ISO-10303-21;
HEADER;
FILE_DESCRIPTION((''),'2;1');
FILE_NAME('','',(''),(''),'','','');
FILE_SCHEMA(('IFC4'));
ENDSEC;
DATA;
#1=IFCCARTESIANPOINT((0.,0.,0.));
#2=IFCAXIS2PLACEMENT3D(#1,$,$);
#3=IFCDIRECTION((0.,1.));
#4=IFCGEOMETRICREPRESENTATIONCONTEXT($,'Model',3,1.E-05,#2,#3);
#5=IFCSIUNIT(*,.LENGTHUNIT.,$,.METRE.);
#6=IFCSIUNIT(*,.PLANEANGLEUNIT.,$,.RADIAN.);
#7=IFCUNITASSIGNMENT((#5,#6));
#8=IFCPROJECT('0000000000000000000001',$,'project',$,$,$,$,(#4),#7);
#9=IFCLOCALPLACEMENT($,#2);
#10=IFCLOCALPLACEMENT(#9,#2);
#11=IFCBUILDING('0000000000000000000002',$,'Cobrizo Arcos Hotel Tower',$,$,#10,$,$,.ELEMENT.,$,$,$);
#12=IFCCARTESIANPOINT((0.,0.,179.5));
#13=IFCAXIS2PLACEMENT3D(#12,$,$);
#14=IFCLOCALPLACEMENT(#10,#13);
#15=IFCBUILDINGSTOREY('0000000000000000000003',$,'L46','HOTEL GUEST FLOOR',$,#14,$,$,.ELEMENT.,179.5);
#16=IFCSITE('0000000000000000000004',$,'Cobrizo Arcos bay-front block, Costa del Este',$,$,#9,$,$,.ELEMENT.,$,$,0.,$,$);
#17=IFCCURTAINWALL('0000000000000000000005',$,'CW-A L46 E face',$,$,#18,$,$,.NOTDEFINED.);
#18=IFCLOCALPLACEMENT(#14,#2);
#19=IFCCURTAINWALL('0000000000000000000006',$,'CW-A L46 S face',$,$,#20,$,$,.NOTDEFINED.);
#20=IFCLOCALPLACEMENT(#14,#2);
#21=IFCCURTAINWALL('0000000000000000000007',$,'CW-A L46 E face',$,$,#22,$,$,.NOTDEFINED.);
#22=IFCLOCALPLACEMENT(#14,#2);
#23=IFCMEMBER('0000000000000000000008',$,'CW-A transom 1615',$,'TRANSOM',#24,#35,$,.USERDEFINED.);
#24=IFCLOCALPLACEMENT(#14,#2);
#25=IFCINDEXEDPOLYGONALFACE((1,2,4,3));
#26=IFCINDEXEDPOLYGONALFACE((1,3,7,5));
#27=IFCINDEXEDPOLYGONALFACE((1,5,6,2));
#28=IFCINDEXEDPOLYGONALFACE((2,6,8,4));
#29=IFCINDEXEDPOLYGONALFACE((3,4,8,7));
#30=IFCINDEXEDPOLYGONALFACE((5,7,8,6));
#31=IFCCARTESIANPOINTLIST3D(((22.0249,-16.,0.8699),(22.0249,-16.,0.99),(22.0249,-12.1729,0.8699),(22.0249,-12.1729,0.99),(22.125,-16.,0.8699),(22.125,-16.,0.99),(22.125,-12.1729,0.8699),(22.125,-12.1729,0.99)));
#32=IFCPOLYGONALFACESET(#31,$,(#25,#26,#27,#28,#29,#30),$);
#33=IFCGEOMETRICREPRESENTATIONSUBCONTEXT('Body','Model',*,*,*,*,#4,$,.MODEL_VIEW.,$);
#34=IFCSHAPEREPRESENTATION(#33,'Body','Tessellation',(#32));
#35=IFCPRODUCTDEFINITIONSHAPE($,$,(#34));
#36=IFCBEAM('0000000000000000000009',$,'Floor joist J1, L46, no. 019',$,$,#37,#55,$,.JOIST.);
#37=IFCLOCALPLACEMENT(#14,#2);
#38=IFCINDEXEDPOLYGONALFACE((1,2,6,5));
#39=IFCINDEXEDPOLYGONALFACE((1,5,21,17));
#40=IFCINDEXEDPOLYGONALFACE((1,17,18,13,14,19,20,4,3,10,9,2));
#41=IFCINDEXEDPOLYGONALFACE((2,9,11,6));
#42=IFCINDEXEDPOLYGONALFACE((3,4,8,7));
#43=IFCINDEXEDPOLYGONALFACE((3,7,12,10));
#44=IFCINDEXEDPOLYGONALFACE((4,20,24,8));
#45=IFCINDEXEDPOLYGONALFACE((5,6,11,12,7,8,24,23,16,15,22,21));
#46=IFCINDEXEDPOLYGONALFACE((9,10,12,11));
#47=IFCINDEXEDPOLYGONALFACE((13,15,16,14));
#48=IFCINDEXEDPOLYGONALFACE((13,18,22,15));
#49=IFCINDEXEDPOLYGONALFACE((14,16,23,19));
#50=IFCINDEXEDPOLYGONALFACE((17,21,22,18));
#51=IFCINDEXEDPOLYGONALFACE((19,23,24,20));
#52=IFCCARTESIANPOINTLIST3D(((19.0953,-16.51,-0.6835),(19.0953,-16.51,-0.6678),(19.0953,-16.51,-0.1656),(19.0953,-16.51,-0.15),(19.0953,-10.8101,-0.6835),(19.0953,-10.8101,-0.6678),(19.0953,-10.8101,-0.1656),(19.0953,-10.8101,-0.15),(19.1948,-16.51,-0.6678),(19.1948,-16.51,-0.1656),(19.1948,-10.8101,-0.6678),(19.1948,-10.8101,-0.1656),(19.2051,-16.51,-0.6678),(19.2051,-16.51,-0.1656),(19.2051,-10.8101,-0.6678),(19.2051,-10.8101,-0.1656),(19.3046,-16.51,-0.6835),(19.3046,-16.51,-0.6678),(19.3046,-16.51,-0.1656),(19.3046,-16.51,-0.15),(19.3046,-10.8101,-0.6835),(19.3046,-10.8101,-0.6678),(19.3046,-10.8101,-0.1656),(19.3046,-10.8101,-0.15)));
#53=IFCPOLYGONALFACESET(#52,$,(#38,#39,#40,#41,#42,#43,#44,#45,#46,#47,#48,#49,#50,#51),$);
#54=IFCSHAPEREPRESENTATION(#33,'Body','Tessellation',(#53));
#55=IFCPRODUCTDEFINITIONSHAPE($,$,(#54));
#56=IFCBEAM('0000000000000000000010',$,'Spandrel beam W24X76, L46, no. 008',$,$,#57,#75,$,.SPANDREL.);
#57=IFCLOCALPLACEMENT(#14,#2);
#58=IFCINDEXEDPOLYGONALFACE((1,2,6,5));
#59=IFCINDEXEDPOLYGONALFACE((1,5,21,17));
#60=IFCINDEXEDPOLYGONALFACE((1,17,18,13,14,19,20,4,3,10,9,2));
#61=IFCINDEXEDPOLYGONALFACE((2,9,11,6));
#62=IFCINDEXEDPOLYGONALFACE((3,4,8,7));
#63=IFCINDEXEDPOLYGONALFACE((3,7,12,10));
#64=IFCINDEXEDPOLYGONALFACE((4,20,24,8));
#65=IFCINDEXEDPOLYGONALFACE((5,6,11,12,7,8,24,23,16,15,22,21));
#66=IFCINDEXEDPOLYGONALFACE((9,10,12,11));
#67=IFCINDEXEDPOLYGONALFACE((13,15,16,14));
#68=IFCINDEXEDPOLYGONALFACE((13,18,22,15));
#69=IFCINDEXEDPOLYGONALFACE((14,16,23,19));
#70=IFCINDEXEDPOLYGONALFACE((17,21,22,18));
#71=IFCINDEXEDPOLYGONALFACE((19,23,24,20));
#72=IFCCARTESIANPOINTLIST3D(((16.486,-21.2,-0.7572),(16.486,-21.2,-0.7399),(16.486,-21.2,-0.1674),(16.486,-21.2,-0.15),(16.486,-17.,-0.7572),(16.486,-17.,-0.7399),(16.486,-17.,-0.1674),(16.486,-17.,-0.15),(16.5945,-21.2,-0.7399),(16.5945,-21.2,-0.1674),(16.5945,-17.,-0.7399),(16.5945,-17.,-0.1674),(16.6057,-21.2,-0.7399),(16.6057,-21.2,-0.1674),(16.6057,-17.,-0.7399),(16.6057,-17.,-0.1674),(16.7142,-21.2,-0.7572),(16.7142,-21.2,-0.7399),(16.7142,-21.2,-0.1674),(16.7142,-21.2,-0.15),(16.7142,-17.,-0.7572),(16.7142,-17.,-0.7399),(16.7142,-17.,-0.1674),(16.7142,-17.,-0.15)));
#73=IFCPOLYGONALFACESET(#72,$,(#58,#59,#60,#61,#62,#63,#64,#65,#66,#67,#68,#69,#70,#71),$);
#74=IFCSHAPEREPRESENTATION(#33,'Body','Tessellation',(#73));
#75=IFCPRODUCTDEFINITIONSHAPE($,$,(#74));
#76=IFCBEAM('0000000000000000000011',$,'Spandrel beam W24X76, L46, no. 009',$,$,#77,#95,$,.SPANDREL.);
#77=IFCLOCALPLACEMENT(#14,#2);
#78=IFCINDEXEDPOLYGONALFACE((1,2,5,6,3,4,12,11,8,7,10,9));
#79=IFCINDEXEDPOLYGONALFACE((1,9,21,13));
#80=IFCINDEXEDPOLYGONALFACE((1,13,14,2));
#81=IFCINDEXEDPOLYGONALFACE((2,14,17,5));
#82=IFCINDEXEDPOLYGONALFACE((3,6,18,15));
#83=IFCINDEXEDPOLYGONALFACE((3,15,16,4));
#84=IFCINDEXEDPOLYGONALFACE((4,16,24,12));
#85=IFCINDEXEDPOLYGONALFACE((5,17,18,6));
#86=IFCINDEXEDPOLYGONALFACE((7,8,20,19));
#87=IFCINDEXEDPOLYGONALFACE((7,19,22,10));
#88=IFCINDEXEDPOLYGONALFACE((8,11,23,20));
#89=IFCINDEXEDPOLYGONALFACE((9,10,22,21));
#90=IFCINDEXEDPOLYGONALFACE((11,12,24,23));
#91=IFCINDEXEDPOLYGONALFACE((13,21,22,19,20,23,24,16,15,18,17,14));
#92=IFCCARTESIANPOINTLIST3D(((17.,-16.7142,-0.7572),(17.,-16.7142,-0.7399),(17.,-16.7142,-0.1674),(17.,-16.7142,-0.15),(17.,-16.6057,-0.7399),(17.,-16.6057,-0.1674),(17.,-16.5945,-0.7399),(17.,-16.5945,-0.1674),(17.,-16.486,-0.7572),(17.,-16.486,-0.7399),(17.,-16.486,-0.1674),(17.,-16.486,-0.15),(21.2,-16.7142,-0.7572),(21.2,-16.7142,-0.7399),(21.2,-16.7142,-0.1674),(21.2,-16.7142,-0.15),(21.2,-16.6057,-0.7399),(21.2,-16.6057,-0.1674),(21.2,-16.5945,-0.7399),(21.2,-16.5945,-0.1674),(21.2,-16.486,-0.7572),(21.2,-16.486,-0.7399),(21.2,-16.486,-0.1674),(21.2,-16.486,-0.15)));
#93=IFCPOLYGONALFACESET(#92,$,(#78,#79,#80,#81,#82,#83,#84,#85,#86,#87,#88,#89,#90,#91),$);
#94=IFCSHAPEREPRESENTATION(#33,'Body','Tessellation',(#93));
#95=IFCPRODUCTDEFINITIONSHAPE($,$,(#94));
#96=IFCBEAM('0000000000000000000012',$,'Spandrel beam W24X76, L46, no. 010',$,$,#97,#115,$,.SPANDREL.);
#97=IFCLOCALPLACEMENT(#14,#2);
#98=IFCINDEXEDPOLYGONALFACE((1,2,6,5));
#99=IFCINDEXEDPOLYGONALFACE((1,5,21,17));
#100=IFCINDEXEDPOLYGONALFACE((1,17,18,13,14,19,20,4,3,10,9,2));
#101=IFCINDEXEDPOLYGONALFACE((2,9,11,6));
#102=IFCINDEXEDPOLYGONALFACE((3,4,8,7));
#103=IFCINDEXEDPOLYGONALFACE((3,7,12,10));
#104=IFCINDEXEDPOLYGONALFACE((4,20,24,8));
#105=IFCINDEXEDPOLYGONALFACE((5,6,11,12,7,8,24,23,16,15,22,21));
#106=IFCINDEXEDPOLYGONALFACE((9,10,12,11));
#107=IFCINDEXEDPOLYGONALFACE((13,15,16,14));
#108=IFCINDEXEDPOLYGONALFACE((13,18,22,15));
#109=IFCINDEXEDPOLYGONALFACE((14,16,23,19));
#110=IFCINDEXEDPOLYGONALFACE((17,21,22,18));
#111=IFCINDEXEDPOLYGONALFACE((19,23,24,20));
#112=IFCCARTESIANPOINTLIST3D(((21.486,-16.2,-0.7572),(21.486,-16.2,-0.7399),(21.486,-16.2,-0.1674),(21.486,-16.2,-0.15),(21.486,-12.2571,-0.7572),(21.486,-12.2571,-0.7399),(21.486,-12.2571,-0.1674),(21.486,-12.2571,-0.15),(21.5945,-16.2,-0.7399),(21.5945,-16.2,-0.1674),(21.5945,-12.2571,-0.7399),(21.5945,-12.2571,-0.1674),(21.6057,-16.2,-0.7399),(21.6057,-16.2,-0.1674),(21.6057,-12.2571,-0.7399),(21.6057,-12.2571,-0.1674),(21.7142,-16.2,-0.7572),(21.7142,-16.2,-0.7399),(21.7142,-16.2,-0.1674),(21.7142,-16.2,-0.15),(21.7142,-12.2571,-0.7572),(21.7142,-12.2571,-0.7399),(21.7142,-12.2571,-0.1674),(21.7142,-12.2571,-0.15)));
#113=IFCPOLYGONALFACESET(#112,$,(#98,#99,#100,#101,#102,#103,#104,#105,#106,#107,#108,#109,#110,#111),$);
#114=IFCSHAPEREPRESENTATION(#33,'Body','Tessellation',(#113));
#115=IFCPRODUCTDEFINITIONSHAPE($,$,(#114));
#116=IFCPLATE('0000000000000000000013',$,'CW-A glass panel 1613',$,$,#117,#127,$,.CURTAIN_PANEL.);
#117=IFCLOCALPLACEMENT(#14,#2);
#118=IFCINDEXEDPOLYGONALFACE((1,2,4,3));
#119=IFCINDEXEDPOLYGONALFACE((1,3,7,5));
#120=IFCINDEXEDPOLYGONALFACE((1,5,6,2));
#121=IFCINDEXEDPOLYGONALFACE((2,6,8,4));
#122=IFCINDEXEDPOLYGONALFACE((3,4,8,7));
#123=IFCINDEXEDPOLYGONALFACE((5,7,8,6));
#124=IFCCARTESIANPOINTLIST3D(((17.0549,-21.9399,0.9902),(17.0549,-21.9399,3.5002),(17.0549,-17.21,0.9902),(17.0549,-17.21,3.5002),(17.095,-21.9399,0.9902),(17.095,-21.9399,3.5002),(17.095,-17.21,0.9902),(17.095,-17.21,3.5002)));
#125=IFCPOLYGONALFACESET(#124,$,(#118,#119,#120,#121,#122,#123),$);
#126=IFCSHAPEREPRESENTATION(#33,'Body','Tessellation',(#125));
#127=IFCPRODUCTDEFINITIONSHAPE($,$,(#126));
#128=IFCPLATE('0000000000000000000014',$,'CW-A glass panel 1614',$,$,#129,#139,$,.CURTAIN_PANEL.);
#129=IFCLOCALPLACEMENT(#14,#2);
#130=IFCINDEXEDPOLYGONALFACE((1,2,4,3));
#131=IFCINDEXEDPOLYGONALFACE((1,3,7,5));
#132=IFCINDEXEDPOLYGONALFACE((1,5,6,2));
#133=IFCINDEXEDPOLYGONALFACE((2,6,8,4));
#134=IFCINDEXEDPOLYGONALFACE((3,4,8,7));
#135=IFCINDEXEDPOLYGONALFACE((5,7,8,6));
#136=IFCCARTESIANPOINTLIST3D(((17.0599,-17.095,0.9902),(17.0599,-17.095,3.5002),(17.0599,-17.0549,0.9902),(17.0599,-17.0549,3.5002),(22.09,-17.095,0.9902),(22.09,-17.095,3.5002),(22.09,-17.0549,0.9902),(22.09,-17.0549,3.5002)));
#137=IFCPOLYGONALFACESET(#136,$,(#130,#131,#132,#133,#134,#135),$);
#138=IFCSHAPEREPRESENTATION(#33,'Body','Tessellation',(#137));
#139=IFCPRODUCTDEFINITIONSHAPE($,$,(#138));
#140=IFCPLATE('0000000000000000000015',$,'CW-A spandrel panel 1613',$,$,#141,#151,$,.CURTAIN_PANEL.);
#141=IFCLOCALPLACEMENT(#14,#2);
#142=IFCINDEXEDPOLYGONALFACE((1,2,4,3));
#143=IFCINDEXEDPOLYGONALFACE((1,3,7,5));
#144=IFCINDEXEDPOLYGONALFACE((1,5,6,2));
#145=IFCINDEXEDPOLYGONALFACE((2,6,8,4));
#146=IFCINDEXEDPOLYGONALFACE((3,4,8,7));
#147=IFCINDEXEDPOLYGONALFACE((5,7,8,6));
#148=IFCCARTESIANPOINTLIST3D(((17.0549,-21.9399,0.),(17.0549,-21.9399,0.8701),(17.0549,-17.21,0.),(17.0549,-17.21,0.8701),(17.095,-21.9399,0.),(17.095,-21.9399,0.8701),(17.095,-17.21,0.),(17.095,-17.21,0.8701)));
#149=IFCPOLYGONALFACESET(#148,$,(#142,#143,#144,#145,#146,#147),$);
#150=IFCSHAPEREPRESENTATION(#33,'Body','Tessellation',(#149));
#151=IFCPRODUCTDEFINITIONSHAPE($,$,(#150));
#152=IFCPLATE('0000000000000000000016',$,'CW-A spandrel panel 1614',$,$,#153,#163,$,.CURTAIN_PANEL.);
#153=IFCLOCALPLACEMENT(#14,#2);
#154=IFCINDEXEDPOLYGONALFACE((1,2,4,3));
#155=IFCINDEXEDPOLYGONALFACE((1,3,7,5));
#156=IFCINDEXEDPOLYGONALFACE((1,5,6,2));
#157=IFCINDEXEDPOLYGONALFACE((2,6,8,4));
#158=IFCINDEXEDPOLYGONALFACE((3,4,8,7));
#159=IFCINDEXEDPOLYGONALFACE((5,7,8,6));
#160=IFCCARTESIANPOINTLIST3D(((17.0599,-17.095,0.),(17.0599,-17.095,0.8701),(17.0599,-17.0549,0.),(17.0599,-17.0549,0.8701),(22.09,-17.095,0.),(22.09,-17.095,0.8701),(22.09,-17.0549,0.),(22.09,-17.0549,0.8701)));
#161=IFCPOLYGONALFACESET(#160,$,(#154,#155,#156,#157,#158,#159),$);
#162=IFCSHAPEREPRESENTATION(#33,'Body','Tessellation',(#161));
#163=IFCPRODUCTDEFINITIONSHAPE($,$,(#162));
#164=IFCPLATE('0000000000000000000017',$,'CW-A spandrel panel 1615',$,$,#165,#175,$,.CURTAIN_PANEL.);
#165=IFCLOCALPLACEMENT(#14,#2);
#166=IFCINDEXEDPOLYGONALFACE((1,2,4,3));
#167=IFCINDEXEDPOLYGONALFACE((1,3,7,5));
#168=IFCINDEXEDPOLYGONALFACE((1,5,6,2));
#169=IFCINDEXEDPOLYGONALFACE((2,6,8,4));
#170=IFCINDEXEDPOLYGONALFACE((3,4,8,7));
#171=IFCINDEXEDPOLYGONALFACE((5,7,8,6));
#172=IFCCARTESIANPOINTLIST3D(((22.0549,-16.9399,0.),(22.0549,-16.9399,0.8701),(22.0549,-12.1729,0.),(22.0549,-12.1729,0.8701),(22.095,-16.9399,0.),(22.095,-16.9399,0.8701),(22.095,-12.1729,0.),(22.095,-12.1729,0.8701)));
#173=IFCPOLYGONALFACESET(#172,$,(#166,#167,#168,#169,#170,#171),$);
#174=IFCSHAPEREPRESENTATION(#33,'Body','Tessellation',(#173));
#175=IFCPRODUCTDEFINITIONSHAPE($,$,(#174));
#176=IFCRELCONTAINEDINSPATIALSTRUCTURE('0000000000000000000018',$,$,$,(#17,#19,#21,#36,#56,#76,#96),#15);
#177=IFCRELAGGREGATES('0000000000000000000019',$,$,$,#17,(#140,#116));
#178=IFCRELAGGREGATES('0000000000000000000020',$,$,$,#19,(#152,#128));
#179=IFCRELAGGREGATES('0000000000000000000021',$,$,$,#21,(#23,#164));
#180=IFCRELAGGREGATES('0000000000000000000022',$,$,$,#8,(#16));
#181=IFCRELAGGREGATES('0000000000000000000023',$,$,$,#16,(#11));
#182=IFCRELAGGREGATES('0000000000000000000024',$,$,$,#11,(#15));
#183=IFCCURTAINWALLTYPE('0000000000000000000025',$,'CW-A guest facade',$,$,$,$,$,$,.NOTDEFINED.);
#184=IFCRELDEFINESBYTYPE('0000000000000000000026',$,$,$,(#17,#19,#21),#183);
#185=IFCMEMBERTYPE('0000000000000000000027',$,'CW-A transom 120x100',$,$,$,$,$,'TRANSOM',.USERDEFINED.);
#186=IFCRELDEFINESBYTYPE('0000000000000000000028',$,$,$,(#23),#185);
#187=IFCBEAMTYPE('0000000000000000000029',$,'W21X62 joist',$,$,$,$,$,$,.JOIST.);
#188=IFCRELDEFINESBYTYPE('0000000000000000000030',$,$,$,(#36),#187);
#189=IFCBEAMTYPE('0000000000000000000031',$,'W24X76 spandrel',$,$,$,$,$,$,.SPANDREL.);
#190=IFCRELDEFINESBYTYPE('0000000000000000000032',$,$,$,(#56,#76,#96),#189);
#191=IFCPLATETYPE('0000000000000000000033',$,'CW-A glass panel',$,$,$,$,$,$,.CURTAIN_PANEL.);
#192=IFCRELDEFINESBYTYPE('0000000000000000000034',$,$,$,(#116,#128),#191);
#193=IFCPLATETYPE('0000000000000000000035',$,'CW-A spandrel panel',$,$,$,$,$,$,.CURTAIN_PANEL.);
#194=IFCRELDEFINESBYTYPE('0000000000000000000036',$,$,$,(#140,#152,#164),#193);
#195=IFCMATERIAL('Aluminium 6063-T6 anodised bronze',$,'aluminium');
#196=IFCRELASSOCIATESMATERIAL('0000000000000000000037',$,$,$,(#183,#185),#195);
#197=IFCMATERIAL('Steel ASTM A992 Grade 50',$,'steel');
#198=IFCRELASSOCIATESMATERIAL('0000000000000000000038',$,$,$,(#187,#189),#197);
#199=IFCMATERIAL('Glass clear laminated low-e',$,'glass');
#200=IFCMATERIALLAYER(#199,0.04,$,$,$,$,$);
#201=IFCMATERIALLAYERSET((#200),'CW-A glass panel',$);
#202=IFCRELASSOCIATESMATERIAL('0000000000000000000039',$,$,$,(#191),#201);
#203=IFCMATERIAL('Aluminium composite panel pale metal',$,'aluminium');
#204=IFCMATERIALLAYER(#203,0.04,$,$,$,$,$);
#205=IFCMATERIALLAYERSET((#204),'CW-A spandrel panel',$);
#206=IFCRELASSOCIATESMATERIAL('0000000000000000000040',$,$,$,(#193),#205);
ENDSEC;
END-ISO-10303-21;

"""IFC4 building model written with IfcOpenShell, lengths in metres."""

from ifc_helpers import new_model, si_unit, direction, frame, origin, origin_2d, place, context, subcontext, project, spatial, rectangle, i_section, extrude, material, layer, layer_set, material_profile, profile_set, type_object, element, aggregate, save


model = new_model("IFC4")

# Units and contexts
model_context = context("Model", 3, precision=1e-05, world=origin(), true_north=direction((0.0, 1.0)))
body_context = subcontext(model_context, "Body", "Model", "MODEL_VIEW")
ifc_project = project(units=[si_unit("LENGTHUNIT", "METRE"), si_unit("PLANEANGLEUNIT", "RADIAN")], contexts=[model_context])

# Site, building, storey
site_placement = place(None, origin())
site = spatial("IfcSite", under=ifc_project, at=site_placement, Name="Cobrizo Arcos bay-front block, Costa del Este", CompositionType="ELEMENT", RefElevation=0.0)
building_placement = place(site_placement, origin())
building = spatial("IfcBuilding", under=site, at=building_placement, Name="Cobrizo Arcos Hotel Tower", CompositionType="ELEMENT")
storey_placement = place(building_placement, frame((0.0, 0.0, 179.5)))
storey = spatial("IfcBuildingStorey", under=building, at=storey_placement, Name="L46", Description="HOTEL GUEST FLOOR", CompositionType="ELEMENT", Elevation=179.5)

# Shared definitions
ifc_material_1 = material(Name="Aluminium 6063-T6 anodised bronze", Category="aluminium")
curtain_wall_type = type_object("IfcCurtainWallType", Name="CW-A guest facade", PredefinedType="NOTDEFINED", material=ifc_material_1)

# Curtain walls
curtain_wall_1_placement = place(storey_placement, origin())
curtain_wall_1 = element("IfcCurtainWall", 1, at=curtain_wall_1_placement, inside=storey, type_object=curtain_wall_type, Name="CW-A L46 E face", PredefinedType="NOTDEFINED")
curtain_wall_2_placement = place(storey_placement, origin())
curtain_wall_2 = element("IfcCurtainWall", 2, at=curtain_wall_2_placement, inside=storey, type_object=curtain_wall_type, Name="CW-A L46 S face", PredefinedType="NOTDEFINED")

# Curtain wall
curtain_wall_3_placement = place(storey_placement, origin())
curtain_wall_3 = element("IfcCurtainWall", 3, at=curtain_wall_3_placement, inside=storey, type_object=curtain_wall_type, Name="CW-A L46 E face", PredefinedType="NOTDEFINED")

# Member
ifc_material_profile_1 = material_profile(ifc_material_1, rectangle(XDim=0.1001, YDim=0.1201, at=origin_2d()), Name="CW-A transom 120x100")
ifc_profile_set_1 = profile_set([ifc_material_profile_1], Name="Aluminium 6063-T6 anodised bronze")
member_type_1 = type_object("IfcMemberType", Name="CW-A transom 120x100", ElementType="TRANSOM", PredefinedType="USERDEFINED", material=ifc_profile_set_1)
member_1_placement = place(storey_placement, frame((22.075, -16.0, 0.9299), z_axis=(0.0, 1.0, 0.0), x_axis=(-1.0, 0.0, 0.0)))
member_1 = element("IfcMember", 4, at=member_1_placement, type_object=member_type_1, Name="CW-A transom 1615", ObjectType="TRANSOM", PredefinedType="USERDEFINED", context=body_context, shape_type="SweptSolid", body=[
    extrude(rectangle(XDim=0.1001, YDim=0.1201, at=origin_2d()), origin(), (0.0, 0.0, 1.0), 3.8271),
])

# Beams
ifc_material_2 = material(Name="Steel ASTM A992 Grade 50", Category="steel")
ifc_material_profile_2 = material_profile(ifc_material_2, i_section(OverallWidth=0.2092, OverallDepth=0.5334, WebThickness=0.0103, FlangeThickness=0.0156, at=origin_2d()), Name="W21X62")
ifc_profile_set_2 = profile_set([ifc_material_profile_2], Name="Steel ASTM A992 Grade 50")
beam_type_1 = type_object("IfcBeamType", Name="W21X62 joist", PredefinedType="JOIST", material=ifc_profile_set_2)
beam_1_placement = place(storey_placement, frame((19.2, -16.51, -0.4167), z_axis=(0.0, 1.0, 0.0), x_axis=(-1.0, 0.0, 0.0)))
element("IfcBeam", 5, at=beam_1_placement, inside=storey, type_object=beam_type_1, Name="Floor joist J1, L46, no. 019", PredefinedType="JOIST", context=body_context, shape_type="SweptSolid", body=[
    extrude(i_section(OverallWidth=0.2092, OverallDepth=0.5334, WebThickness=0.0103, FlangeThickness=0.0156, at=origin_2d()), origin(), (0.0, 0.0, 1.0), 5.7),
])
ifc_material_profile_3 = material_profile(ifc_material_2, i_section(OverallWidth=0.2283, OverallDepth=0.6072, WebThickness=0.0112, FlangeThickness=0.0173, at=origin_2d()), Name="W24X76")
ifc_profile_set_3 = profile_set([ifc_material_profile_3], Name="Steel ASTM A992 Grade 50")
beam_type_2 = type_object("IfcBeamType", Name="W24X76 spandrel", PredefinedType="SPANDREL", material=ifc_profile_set_3)
for number, where, z_axis, x_axis, name in (
    (6, (16.6001, -21.2, -0.4536), (0.0, 1.0, 0.0), (-1.0, 0.0, 0.0), "Spandrel beam W24X76, L46, no. 008"),
    (7, (17.0, -16.6001, -0.4536), (1.0, 0.0, 0.0), (0.0, 1.0, 0.0), "Spandrel beam W24X76, L46, no. 009"),
):
    element("IfcBeam", number, at=place(storey_placement, frame(where, z_axis=z_axis, x_axis=x_axis)), inside=storey, type_object=beam_type_2, Name=name, PredefinedType="SPANDREL", context=body_context, shape_type="SweptSolid", body=[
        extrude(i_section(OverallWidth=0.2283, OverallDepth=0.6072, WebThickness=0.0112, FlangeThickness=0.0173, at=origin_2d()), origin(), (0.0, 0.0, 1.0), 4.2),
    ])
beam_2_placement = place(storey_placement, frame((21.6001, -16.2, -0.4536), z_axis=(0.0, 1.0, 0.0), x_axis=(-1.0, 0.0, 0.0)))
element("IfcBeam", 8, at=beam_2_placement, inside=storey, type_object=beam_type_2, Name="Spandrel beam W24X76, L46, no. 010", PredefinedType="SPANDREL", context=body_context, shape_type="SweptSolid", body=[
    extrude(i_section(OverallWidth=0.2283, OverallDepth=0.6072, WebThickness=0.0112, FlangeThickness=0.0173, at=origin_2d()), origin(), (0.0, 0.0, 1.0), 3.9429),
])

# Plates
ifc_material_3 = material(Name="Glass clear laminated low-e", Category="glass")
ifc_layer_1 = layer(ifc_material_3, 0.04)
ifc_layer_set_1 = layer_set([ifc_layer_1], Name="CW-A glass panel")
plate_type_1 = type_object("IfcPlateType", Name="CW-A glass panel", PredefinedType="CURTAIN_PANEL", material=ifc_layer_set_1)
plate_1_placement = place(storey_placement, frame((17.075, -19.575, 0.9902), z_axis=(0.0, 0.0, 1.0), x_axis=(0.0, 1.0, 0.0)))
plate_1 = element("IfcPlate", 9, at=plate_1_placement, type_object=plate_type_1, Name="CW-A glass panel 1613", PredefinedType="CURTAIN_PANEL", context=body_context, shape_type="SweptSolid", body=[
    extrude(rectangle(XDim=4.73, YDim=0.04, at=origin_2d()), origin(), (0.0, 0.0, 1.0), 2.51),
])
plate_2_placement = place(storey_placement, frame((19.575, -17.075, 0.9902), z_axis=(0.0, 0.0, 1.0), x_axis=(1.0, 0.0, 0.0)))
plate_2 = element("IfcPlate", 10, at=plate_2_placement, type_object=plate_type_1, Name="CW-A glass panel 1614", PredefinedType="CURTAIN_PANEL", context=body_context, shape_type="SweptSolid", body=[
    extrude(rectangle(XDim=5.03, YDim=0.04, at=origin_2d()), origin(), (0.0, 0.0, 1.0), 2.51),
])
ifc_material_4 = material(Name="Aluminium composite panel pale metal", Category="aluminium")
ifc_layer_2 = layer(ifc_material_4, 0.04)
ifc_layer_set_2 = layer_set([ifc_layer_2], Name="CW-A spandrel panel")
plate_type_2 = type_object("IfcPlateType", Name="CW-A spandrel panel", PredefinedType="CURTAIN_PANEL", material=ifc_layer_set_2)
plate_3_placement = place(storey_placement, frame((17.075, -19.575, 0.0), z_axis=(0.0, 0.0, 1.0), x_axis=(0.0, 1.0, 0.0)))
plate_3 = element("IfcPlate", 11, at=plate_3_placement, type_object=plate_type_2, Name="CW-A spandrel panel 1613", PredefinedType="CURTAIN_PANEL", context=body_context, shape_type="SweptSolid", body=[
    extrude(rectangle(XDim=4.73, YDim=0.04, at=origin_2d()), origin(), (0.0, 0.0, 1.0), 0.8701),
])
aggregate(curtain_wall_1, [plate_3, plate_1])
plate_4_placement = place(storey_placement, frame((19.575, -17.075, 0.0), z_axis=(0.0, 0.0, 1.0), x_axis=(1.0, 0.0, 0.0)))
plate_4 = element("IfcPlate", 12, at=plate_4_placement, type_object=plate_type_2, Name="CW-A spandrel panel 1614", PredefinedType="CURTAIN_PANEL", context=body_context, shape_type="SweptSolid", body=[
    extrude(rectangle(XDim=5.03, YDim=0.04, at=origin_2d()), origin(), (0.0, 0.0, 1.0), 0.8701),
])
aggregate(curtain_wall_2, [plate_4, plate_2])
plate_5_placement = place(storey_placement, frame((22.075, -14.5564, 0.0), z_axis=(0.0, 0.0, 1.0), x_axis=(0.0, 1.0, 0.0)))
plate_5 = element("IfcPlate", 13, at=plate_5_placement, type_object=plate_type_2, Name="CW-A spandrel panel 1615", PredefinedType="CURTAIN_PANEL", context=body_context, shape_type="SweptSolid", body=[
    extrude(rectangle(XDim=4.7671, YDim=0.04, at=origin_2d()), origin(), (0.0, 0.0, 1.0), 0.8701),
])
aggregate(curtain_wall_3, [member_1, plate_5])

save(model, "model.ifc")
